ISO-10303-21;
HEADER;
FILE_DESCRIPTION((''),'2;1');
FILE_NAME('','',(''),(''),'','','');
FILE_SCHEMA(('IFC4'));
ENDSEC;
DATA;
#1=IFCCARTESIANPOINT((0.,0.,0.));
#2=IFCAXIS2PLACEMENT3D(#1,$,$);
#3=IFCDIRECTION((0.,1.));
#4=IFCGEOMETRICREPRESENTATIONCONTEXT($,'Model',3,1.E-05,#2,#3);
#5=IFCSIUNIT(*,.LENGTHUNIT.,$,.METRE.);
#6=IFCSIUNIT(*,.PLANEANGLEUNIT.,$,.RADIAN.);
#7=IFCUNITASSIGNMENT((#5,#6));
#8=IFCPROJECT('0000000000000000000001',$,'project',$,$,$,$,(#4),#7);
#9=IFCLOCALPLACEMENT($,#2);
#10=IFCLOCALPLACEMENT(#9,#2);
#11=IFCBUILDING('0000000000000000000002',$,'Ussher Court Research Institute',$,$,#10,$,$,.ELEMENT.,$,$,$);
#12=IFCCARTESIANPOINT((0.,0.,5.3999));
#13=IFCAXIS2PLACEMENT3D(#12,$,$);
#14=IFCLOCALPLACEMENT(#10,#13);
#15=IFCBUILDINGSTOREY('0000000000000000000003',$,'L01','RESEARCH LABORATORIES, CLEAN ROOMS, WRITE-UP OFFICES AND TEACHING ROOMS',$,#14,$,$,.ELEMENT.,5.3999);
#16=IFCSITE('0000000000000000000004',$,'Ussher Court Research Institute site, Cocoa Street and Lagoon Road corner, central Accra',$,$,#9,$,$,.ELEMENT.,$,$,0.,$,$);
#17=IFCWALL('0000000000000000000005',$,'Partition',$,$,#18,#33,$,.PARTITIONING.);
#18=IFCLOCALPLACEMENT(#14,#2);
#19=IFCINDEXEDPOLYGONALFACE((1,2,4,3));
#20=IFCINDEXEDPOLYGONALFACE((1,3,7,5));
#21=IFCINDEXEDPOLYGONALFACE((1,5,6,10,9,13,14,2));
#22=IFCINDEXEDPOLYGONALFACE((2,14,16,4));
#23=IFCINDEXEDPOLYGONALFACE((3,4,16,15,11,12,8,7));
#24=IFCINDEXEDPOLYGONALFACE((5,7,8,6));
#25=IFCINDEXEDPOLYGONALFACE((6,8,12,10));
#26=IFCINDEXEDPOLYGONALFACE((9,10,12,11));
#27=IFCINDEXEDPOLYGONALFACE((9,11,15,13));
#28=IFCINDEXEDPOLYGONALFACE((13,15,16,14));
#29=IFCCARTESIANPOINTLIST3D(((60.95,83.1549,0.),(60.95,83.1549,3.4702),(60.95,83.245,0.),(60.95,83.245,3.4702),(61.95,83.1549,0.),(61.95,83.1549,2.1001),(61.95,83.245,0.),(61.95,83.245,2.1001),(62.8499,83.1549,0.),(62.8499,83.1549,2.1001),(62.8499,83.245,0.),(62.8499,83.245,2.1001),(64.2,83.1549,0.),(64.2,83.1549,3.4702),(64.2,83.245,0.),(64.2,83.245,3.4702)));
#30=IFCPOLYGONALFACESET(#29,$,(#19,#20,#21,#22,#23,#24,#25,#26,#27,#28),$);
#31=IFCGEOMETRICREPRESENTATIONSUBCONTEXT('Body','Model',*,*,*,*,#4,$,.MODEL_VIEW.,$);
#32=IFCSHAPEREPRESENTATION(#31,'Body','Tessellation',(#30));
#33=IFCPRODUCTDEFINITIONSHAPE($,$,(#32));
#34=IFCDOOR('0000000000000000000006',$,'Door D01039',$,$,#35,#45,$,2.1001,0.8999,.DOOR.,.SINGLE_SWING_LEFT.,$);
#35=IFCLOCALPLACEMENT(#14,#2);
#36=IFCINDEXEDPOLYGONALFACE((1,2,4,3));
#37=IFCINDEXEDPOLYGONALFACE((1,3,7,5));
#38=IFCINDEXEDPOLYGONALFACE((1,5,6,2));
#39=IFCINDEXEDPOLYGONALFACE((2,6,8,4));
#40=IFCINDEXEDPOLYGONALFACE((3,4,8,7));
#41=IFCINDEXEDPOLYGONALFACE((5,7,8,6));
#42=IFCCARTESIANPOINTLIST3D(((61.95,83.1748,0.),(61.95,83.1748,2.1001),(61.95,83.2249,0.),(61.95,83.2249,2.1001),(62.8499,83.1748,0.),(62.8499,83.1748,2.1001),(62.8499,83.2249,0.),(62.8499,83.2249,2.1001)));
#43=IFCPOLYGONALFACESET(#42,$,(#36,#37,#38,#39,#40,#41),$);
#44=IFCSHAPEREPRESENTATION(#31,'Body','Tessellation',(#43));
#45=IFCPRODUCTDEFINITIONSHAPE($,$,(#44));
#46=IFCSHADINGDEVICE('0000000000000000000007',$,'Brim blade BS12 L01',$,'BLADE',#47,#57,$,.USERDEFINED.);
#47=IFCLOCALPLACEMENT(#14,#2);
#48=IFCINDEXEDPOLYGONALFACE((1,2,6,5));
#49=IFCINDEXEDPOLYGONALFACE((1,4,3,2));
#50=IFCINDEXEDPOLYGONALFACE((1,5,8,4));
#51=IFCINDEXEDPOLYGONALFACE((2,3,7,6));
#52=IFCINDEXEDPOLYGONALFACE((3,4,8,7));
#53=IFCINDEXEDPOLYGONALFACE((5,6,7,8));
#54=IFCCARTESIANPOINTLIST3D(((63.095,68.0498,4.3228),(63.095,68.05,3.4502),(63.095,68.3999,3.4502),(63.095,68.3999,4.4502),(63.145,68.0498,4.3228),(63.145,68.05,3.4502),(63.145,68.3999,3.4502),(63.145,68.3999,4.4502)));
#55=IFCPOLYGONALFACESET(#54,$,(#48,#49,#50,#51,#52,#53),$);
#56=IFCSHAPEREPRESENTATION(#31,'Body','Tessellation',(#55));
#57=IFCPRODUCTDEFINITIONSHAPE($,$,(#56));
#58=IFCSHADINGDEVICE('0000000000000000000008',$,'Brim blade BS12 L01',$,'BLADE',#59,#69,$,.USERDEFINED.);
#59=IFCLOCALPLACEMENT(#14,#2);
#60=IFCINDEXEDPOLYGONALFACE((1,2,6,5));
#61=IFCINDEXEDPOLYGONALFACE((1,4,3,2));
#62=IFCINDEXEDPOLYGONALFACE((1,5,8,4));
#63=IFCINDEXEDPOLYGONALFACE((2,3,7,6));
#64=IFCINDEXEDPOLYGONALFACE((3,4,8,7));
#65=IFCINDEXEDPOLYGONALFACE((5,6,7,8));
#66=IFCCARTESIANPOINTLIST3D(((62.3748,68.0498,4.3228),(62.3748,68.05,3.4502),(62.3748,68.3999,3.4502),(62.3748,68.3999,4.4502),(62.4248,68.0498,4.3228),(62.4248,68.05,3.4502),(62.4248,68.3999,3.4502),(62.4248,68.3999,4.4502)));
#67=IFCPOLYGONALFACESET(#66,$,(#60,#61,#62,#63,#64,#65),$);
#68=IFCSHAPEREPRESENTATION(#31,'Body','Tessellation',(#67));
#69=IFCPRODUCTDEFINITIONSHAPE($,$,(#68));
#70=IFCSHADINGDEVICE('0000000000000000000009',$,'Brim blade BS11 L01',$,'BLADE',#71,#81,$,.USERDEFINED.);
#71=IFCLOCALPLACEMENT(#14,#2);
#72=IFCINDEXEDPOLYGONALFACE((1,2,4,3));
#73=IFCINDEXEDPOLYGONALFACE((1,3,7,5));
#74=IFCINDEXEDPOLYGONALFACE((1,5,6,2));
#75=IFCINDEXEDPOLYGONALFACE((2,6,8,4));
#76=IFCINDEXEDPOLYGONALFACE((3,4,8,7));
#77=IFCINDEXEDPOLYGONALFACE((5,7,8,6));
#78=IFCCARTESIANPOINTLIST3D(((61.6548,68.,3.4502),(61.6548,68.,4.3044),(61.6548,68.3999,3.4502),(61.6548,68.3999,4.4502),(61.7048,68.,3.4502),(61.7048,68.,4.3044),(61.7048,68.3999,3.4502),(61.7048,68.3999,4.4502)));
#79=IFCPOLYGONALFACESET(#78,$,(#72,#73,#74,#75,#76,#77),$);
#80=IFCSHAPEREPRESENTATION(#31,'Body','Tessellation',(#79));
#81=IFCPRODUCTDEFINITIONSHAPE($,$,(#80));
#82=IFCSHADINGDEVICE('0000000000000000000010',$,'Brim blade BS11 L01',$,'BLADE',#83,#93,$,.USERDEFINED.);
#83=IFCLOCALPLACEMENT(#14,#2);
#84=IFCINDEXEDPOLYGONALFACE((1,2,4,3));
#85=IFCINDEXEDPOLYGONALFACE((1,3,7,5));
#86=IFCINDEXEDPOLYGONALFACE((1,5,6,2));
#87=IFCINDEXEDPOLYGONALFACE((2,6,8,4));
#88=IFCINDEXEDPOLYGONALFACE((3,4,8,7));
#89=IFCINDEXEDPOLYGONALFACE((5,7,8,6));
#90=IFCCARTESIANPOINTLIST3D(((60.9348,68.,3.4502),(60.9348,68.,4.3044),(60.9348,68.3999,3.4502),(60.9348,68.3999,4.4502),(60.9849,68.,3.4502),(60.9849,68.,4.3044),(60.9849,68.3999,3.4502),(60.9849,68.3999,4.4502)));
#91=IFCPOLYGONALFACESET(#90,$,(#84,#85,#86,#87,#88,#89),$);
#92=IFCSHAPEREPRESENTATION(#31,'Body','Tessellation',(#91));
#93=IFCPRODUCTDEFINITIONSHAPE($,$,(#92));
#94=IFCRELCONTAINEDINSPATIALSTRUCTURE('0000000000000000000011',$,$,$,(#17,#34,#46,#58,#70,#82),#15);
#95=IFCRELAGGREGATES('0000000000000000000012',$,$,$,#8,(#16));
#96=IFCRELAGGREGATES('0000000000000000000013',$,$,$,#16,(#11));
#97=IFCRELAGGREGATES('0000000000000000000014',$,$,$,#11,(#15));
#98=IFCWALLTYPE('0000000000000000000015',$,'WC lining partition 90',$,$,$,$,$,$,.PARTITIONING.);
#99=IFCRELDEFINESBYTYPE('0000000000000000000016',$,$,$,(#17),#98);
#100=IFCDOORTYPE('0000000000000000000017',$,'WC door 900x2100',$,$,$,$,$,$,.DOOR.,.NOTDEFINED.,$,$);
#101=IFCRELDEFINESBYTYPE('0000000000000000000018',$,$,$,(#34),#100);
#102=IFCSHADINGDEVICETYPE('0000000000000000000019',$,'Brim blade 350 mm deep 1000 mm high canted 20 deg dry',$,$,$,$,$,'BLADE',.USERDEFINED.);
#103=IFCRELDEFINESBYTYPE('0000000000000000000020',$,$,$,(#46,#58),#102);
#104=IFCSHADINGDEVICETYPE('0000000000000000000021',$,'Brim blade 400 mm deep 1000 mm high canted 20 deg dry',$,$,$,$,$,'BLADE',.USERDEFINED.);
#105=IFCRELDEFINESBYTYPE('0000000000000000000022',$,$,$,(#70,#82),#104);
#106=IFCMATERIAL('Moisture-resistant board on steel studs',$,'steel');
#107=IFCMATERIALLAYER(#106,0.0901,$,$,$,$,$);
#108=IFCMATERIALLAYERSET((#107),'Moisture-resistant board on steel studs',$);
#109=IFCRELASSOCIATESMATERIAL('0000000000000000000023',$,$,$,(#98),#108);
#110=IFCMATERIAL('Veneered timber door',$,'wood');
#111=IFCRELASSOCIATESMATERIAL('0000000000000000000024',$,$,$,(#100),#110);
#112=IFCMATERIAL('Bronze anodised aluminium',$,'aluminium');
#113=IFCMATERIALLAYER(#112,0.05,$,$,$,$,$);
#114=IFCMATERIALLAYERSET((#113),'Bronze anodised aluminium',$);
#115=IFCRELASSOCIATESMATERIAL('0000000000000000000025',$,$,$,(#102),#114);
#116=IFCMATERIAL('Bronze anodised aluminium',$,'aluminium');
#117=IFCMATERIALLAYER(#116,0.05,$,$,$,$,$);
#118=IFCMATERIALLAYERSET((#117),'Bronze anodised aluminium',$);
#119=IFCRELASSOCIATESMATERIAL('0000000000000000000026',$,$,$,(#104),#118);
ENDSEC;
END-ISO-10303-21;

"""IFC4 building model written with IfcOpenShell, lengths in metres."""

from ifc_helpers import new_model, si_unit, direction, frame, frame_2d, origin, place, context, subcontext, project, spatial, polyline, rectangle, outline, extrude, material, layer, layer_set, type_object, element, fill, save


model = new_model("IFC4")

# Units and contexts
model_context = context("Model", 3, precision=1e-05, world=origin(), true_north=direction((0.0, 1.0)))
body_context = subcontext(model_context, "Body", "Model", "MODEL_VIEW")
ifc_project = project(units=[si_unit("LENGTHUNIT", "METRE"), si_unit("PLANEANGLEUNIT", "RADIAN")], contexts=[model_context])

# Site, building, storey
site_placement = place(None, origin())
site = spatial("IfcSite", under=ifc_project, at=site_placement, Name="Ussher Court Research Institute site, Cocoa Street and Lagoon Road corner, central Accra", CompositionType="ELEMENT", RefElevation=0.0)
building_placement = place(site_placement, origin())
building = spatial("IfcBuilding", under=site, at=building_placement, Name="Ussher Court Research Institute", CompositionType="ELEMENT")
storey_placement = place(building_placement, frame((0.0, 0.0, 5.3999)))
storey = spatial("IfcBuildingStorey", under=building, at=storey_placement, Name="L01", Description="RESEARCH LABORATORIES, CLEAN ROOMS, WRITE-UP OFFICES AND TEACHING ROOMS", CompositionType="ELEMENT", Elevation=5.3999)

# Wall, opening, door
ifc_material_1 = material(Name="Moisture-resistant board on steel studs", Category="steel")
ifc_layer_1 = layer(ifc_material_1, 0.0901)
ifc_layer_set_1 = layer_set([ifc_layer_1], Name="Moisture-resistant board on steel studs")
wall_type_1 = type_object("IfcWallType", Name="WC lining partition 90", PredefinedType="PARTITIONING", material=ifc_layer_set_1)
wall_1_placement = place(storey_placement, frame((60.95, 83.2, 0.0), z_axis=(0.0, 0.0, 1.0), x_axis=(1.0, 0.0, 0.0)))
wall_1 = element("IfcWall", 1, at=wall_1_placement, inside=storey, type_object=wall_type_1, Name="Partition", PredefinedType="PARTITIONING", context=body_context, shape_type="SweptSolid", body=[
    extrude(rectangle(XDim=3.25, YDim=0.0901, at=frame_2d((1.625, 0.0))), origin(), (0.0, 0.0, 1.0), 3.4702),
])
opening_1_placement = place(wall_1_placement, frame((1.0, 0.0, 0.0)))
opening_1 = element("IfcOpeningElement", 2, at=opening_1_placement, cuts=wall_1, PredefinedType="OPENING", context=body_context, shape_type="SweptSolid", body=[
    extrude(rectangle(XDim=0.8999, YDim=2.1001, at=frame_2d((0.45, 1.05))), frame((0.0, 0.0552, 0.0), z_axis=(0.0, -1.0, 0.0), x_axis=(1.0, 0.0, 0.0)), (0.0, 0.0, 1.0), 0.1101),
])
ifc_material_2 = material(Name="Veneered timber door", Category="wood")
door_type_1 = type_object("IfcDoorType", Name="WC door 900x2100", OperationType="NOTDEFINED", PredefinedType="DOOR", material=ifc_material_2)
door_1_placement = place(opening_1_placement, origin())
door_1 = element("IfcDoor", 3, at=door_1_placement, inside=storey, type_object=door_type_1, Name="Door D01039", OperationType="SINGLE_SWING_LEFT", OverallHeight=2.1001, OverallWidth=0.8999, PredefinedType="DOOR", context=body_context, shape_type="SweptSolid", body=[
    extrude(rectangle(XDim=0.8999, YDim=2.1001, at=frame_2d((0.45, 1.05))), frame((0.0, 0.0249, 0.0), z_axis=(0.0, -1.0, 0.0), x_axis=(1.0, 0.0, 0.0)), (0.0, 0.0, 1.0), 0.05),
])
fill(opening_1, door_1)

# Shading devices
ifc_material_3 = material(Name="Bronze anodised aluminium", Category="aluminium")
ifc_layer_2 = layer(ifc_material_3, 0.05)
ifc_layer_set_2 = layer_set([ifc_layer_2], Name="Bronze anodised aluminium")
shading_device_type_1 = type_object("IfcShadingDeviceType", Name="Brim blade 350 mm deep 1000 mm high canted 20 deg dry", ElementType="BLADE", PredefinedType="USERDEFINED", material=ifc_layer_set_2)
for number, where, z_axis, x_axis, name in (
    (4, (63.1201, 68.3999, 3.4502), (0.0, 0.0, 1.0), (0.0, -1.0, 0.0), "Brim blade BS12 L01"),
    (5, (62.3999, 68.3999, 3.4502), (0.0, 0.0, 1.0), (0.0, -1.0, 0.0), "Brim blade BS12 L01"),
):
    element("IfcShadingDevice", number, at=place(storey_placement, frame(where, z_axis=z_axis, x_axis=x_axis)), inside=storey, type_object=shading_device_type_1, Name=name, ObjectType="BLADE", PredefinedType="USERDEFINED", context=body_context, shape_type="SweptSolid", body=[
        extrude(outline(polyline([(0.0, 0.0), (0.3499, 0.0), (0.3501, 0.8726), (0.0, 1.0), (0.0, 0.0)])), frame((0.0, 0.0249, 0.0), z_axis=(0.0, -1.0, 0.0), x_axis=(1.0, 0.0, 0.0)), (0.0, 0.0, 1.0), 0.05),
    ])
ifc_material_4 = material(Name="Bronze anodised aluminium", Category="aluminium")
ifc_layer_3 = layer(ifc_material_4, 0.05)
ifc_layer_set_3 = layer_set([ifc_layer_3], Name="Bronze anodised aluminium")
shading_device_type_2 = type_object("IfcShadingDeviceType", Name="Brim blade 400 mm deep 1000 mm high canted 20 deg dry", ElementType="BLADE", PredefinedType="USERDEFINED", material=ifc_layer_set_3)
for number, where, z_axis, x_axis, name in (
    (6, (61.6799, 68.3999, 3.4502), (0.0, 0.0, 1.0), (0.0, -1.0, 0.0), "Brim blade BS11 L01"),
    (7, (60.96, 68.3999, 3.4502), (0.0, 0.0, 1.0), (0.0, -1.0, 0.0), "Brim blade BS11 L01"),
):
    element("IfcShadingDevice", number, at=place(storey_placement, frame(where, z_axis=z_axis, x_axis=x_axis)), inside=storey, type_object=shading_device_type_2, Name=name, ObjectType="BLADE", PredefinedType="USERDEFINED", context=body_context, shape_type="SweptSolid", body=[
        extrude(outline(polyline([(0.0, 0.0), (0.3999, 0.0), (0.3999, 0.8542), (0.0, 1.0), (0.0, 0.0)])), frame((0.0, 0.0249, 0.0), z_axis=(0.0, -1.0, 0.0), x_axis=(1.0, 0.0, 0.0)), (0.0, 0.0, 1.0), 0.05),
    ])

save(model, "model.ifc")
